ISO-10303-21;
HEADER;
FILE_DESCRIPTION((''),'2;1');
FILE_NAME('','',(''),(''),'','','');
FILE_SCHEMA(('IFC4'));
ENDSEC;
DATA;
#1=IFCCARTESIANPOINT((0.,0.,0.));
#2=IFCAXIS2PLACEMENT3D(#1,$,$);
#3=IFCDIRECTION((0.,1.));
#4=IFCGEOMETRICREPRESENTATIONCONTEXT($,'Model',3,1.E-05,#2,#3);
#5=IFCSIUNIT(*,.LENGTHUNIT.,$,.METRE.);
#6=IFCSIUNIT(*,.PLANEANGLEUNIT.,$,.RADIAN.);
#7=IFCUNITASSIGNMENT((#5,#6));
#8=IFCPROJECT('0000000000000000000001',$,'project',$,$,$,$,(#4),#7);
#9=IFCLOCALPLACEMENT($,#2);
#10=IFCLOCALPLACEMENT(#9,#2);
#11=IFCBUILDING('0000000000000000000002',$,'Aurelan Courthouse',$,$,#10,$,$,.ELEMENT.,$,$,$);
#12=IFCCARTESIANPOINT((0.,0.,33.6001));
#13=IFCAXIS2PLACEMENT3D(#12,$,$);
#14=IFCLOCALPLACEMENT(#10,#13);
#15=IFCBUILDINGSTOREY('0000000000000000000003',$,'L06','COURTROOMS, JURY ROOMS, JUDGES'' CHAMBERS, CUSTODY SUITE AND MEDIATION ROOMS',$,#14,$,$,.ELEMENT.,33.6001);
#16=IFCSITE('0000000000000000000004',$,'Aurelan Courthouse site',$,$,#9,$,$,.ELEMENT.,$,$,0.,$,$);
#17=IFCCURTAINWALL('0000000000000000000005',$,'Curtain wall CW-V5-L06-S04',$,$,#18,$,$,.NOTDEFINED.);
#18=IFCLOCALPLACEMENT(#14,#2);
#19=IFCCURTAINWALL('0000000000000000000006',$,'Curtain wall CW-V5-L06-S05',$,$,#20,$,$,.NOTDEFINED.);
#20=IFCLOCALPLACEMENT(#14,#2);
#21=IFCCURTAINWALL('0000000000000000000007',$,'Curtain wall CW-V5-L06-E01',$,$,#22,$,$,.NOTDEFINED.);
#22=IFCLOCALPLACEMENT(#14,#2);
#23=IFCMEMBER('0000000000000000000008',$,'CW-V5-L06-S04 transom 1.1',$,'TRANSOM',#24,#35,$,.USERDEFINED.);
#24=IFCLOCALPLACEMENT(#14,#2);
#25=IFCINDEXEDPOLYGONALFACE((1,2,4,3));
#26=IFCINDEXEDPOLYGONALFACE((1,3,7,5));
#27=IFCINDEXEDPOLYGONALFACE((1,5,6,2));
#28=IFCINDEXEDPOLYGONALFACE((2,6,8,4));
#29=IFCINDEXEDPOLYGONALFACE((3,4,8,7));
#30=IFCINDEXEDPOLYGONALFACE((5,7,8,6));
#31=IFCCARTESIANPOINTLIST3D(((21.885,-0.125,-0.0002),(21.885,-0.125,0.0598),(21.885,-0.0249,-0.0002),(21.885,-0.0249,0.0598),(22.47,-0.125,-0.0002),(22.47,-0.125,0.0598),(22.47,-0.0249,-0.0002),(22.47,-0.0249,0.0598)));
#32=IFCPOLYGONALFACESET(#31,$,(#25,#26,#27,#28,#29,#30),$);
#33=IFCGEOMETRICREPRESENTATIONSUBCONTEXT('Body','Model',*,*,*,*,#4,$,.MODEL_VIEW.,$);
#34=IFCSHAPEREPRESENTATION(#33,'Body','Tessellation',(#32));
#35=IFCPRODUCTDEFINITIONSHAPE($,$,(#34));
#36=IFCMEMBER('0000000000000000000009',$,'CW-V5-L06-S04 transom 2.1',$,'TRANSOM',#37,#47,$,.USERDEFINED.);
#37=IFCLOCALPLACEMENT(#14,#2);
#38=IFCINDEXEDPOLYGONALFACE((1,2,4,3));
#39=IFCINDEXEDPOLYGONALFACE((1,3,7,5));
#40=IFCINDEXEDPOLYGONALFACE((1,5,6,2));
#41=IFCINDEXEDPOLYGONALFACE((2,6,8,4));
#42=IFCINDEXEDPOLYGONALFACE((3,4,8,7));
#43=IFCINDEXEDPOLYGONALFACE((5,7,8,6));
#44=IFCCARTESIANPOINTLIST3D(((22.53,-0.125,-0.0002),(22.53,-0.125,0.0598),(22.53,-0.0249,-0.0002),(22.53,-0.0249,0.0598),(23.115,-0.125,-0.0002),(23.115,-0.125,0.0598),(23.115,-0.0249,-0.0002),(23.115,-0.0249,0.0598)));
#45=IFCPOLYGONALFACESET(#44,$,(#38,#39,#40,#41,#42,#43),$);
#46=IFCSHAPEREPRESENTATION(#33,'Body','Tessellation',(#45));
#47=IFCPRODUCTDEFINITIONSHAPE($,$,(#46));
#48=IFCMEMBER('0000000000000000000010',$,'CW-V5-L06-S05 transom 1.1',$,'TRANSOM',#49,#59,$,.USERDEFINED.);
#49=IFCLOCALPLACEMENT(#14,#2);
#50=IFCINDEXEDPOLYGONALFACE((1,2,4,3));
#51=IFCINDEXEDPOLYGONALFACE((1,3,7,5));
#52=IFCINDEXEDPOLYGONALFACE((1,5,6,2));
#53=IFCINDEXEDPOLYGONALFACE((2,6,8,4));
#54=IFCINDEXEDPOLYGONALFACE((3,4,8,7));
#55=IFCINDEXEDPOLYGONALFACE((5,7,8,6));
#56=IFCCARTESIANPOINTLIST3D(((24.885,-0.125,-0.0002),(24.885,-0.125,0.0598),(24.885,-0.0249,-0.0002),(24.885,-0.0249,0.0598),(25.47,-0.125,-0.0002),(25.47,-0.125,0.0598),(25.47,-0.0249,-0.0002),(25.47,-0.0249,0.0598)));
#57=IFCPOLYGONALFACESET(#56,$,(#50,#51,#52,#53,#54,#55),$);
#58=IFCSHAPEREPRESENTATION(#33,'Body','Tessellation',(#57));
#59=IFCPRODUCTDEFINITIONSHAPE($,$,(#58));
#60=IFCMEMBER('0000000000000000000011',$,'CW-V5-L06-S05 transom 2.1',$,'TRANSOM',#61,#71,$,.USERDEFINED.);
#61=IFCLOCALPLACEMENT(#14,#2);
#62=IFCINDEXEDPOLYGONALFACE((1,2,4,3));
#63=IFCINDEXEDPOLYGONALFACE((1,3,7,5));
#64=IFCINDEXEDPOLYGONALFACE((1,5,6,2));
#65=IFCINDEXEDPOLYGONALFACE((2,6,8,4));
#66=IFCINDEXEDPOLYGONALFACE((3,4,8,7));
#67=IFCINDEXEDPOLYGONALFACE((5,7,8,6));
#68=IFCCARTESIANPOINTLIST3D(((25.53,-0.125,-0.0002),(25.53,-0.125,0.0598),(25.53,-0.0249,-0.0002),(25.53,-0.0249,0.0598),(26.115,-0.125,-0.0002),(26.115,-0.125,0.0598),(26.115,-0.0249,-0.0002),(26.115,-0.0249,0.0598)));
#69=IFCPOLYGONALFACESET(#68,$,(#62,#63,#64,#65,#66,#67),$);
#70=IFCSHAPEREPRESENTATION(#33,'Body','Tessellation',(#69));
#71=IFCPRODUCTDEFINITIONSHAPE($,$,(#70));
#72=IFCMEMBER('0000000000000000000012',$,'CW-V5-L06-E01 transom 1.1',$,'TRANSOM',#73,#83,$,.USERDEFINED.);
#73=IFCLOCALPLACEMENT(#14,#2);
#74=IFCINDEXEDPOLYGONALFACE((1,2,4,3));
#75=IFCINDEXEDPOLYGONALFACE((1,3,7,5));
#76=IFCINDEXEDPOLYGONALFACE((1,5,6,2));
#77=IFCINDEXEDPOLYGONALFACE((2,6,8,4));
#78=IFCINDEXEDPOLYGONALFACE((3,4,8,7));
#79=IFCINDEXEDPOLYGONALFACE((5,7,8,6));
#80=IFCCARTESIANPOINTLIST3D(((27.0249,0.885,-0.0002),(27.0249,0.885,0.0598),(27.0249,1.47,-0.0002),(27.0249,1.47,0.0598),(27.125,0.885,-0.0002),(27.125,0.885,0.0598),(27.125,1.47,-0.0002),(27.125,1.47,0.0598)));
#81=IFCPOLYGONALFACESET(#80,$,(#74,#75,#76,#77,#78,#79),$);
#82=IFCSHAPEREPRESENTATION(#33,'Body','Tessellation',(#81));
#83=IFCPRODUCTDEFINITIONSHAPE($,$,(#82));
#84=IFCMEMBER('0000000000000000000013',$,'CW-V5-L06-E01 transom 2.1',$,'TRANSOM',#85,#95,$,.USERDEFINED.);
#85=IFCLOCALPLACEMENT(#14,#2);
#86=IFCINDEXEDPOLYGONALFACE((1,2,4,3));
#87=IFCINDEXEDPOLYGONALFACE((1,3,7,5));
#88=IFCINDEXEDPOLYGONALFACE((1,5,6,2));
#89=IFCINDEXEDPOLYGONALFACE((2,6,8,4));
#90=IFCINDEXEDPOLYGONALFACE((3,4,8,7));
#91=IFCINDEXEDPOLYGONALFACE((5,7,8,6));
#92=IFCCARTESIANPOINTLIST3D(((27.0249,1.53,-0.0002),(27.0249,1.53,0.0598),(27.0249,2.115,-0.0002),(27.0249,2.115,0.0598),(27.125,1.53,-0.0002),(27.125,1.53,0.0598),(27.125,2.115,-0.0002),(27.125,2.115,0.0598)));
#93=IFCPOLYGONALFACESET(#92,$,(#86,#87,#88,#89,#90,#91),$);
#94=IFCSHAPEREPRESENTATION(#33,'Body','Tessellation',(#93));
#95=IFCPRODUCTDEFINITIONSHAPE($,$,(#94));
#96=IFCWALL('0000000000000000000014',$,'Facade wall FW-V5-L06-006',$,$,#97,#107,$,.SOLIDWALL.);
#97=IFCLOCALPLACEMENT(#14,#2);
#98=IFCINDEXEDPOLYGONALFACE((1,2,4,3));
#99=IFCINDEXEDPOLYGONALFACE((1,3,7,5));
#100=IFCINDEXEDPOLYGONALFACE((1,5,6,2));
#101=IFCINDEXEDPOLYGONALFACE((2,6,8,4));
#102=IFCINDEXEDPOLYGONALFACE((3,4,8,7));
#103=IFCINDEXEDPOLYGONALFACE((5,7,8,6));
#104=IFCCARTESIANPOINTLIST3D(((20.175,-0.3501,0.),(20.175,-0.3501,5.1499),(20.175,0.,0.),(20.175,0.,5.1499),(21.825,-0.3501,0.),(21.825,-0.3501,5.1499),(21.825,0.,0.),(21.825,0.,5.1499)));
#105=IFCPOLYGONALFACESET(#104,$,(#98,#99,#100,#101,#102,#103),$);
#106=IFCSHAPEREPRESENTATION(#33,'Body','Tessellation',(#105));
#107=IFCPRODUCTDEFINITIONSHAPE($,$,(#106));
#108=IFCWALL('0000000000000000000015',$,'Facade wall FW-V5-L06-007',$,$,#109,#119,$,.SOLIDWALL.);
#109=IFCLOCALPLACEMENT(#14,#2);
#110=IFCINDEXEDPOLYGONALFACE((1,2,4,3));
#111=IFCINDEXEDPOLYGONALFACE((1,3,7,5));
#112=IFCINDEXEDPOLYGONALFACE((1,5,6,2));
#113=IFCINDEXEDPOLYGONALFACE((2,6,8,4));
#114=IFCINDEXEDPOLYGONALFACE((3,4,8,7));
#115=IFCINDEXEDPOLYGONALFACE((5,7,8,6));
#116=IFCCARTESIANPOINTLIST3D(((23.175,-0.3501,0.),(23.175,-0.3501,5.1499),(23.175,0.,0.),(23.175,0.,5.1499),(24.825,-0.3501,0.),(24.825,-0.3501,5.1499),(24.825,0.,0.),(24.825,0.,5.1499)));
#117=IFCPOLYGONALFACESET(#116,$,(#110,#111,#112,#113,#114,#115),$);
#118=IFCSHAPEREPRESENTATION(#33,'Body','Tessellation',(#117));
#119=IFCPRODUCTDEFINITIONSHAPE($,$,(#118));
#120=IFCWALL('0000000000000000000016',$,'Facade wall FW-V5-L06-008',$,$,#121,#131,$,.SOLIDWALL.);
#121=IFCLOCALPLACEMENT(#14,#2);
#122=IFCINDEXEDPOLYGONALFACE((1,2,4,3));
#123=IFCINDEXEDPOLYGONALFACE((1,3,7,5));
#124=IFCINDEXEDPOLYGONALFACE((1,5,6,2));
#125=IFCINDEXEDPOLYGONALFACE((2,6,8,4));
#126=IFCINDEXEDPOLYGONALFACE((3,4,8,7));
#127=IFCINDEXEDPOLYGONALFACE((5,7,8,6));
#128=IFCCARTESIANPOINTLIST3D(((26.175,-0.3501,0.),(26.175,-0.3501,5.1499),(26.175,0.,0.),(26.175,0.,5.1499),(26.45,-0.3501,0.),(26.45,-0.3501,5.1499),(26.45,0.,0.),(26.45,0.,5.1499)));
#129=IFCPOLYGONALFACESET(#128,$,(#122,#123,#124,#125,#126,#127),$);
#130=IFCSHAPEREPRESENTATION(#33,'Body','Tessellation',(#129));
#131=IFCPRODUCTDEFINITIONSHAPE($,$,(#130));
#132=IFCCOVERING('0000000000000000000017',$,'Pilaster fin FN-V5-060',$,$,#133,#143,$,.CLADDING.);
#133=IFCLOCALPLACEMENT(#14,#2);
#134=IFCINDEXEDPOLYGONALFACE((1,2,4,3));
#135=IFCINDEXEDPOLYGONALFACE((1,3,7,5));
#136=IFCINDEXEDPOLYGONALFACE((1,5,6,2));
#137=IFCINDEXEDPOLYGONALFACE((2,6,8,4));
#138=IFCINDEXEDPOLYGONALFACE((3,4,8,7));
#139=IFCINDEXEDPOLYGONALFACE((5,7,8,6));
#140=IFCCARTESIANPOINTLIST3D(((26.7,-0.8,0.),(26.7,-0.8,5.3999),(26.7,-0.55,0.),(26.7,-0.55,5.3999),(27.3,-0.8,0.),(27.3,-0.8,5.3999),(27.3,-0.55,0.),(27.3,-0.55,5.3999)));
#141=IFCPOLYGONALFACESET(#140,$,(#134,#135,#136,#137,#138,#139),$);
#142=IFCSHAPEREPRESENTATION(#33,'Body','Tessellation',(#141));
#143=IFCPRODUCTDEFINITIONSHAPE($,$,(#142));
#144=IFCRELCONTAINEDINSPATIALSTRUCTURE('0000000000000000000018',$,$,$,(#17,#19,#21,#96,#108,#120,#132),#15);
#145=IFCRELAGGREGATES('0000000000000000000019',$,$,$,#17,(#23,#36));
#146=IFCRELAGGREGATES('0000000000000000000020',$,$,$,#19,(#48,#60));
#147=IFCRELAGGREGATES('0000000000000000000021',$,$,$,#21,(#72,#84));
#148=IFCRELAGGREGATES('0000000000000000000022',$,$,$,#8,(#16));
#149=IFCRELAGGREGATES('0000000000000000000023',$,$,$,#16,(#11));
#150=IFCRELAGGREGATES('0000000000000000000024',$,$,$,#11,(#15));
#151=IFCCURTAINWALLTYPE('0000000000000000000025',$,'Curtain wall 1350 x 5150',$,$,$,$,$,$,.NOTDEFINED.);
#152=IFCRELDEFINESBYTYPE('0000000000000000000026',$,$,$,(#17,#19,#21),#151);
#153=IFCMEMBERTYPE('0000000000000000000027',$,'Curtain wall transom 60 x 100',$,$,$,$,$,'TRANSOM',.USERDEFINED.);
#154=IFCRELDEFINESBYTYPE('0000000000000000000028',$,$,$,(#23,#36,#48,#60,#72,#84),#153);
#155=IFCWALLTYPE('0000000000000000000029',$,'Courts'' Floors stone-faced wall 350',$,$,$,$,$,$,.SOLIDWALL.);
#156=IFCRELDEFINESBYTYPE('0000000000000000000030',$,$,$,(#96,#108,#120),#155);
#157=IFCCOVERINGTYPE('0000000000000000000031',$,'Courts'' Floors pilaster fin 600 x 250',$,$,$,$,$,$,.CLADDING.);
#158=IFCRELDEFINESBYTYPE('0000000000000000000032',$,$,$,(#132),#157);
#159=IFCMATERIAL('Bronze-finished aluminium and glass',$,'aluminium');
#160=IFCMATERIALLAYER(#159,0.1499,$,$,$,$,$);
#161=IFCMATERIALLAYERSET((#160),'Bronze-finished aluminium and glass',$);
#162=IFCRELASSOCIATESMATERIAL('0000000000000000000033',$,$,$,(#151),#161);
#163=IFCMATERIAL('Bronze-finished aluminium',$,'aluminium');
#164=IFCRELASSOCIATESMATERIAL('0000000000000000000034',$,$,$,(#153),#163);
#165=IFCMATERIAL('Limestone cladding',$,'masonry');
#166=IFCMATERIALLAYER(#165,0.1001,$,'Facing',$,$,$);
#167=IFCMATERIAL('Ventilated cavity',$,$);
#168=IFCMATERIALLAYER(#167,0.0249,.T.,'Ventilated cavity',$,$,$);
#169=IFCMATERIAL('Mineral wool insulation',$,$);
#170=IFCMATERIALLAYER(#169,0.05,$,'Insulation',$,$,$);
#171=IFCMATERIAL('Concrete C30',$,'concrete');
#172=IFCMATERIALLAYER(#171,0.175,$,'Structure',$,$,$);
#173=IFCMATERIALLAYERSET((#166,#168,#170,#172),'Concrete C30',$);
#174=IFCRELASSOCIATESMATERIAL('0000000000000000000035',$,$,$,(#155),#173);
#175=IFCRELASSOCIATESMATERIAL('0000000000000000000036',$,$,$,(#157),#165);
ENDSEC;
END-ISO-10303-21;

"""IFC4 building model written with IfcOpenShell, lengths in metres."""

from ifc_helpers import new_model, si_unit, direction, frame, frame_2d, origin, origin_2d, place, context, subcontext, project, spatial, rectangle, extrude, material, layer, layer_set, material_profile, profile_set, type_object, element, aggregate, save


model = new_model("IFC4")

# Units and contexts
model_context = context("Model", 3, precision=1e-05, world=origin(), true_north=direction((0.0, 1.0)))
body_context = subcontext(model_context, "Body", "Model", "MODEL_VIEW")
ifc_project = project(units=[si_unit("LENGTHUNIT", "METRE"), si_unit("PLANEANGLEUNIT", "RADIAN")], contexts=[model_context])

# Site, building, storey
site_placement = place(None, origin())
site = spatial("IfcSite", under=ifc_project, at=site_placement, Name="Aurelan Courthouse site", CompositionType="ELEMENT", RefElevation=0.0)
building_placement = place(site_placement, origin())
building = spatial("IfcBuilding", under=site, at=building_placement, Name="Aurelan Courthouse", CompositionType="ELEMENT")
storey_placement = place(building_placement, frame((0.0, 0.0, 33.6001)))
storey = spatial("IfcBuildingStorey", under=building, at=storey_placement, Name="L06", Description="COURTROOMS, JURY ROOMS, JUDGES' CHAMBERS, CUSTODY SUITE AND MEDIATION ROOMS", CompositionType="ELEMENT", Elevation=33.6001)

# Curtain walls
ifc_material_1 = material(Name="Bronze-finished aluminium and glass", Category="aluminium")
ifc_layer_1 = layer(ifc_material_1, 0.1499)
ifc_layer_set_1 = layer_set([ifc_layer_1], Name="Bronze-finished aluminium and glass")
curtain_wall_type = type_object("IfcCurtainWallType", Name="Curtain wall 1350 x 5150", PredefinedType="NOTDEFINED", material=ifc_layer_set_1)
ifc_material_2 = material(Name="Bronze-finished aluminium", Category="aluminium")
curtain_wall_1_placement = place(storey_placement, origin())
curtain_wall_1 = element("IfcCurtainWall", 1, at=curtain_wall_1_placement, inside=storey, type_object=curtain_wall_type, Name="Curtain wall CW-V5-L06-S04", PredefinedType="NOTDEFINED")
curtain_wall_2_placement = place(storey_placement, origin())
curtain_wall_2 = element("IfcCurtainWall", 2, at=curtain_wall_2_placement, inside=storey, type_object=curtain_wall_type, Name="Curtain wall CW-V5-L06-S05", PredefinedType="NOTDEFINED")
curtain_wall_3_placement = place(storey_placement, origin())
curtain_wall_3 = element("IfcCurtainWall", 3, at=curtain_wall_3_placement, inside=storey, type_object=curtain_wall_type, Name="Curtain wall CW-V5-L06-E01", PredefinedType="NOTDEFINED")

# Members
ifc_material_profile_1 = material_profile(ifc_material_2, rectangle(XDim=0.1001, YDim=0.0601, at=origin_2d()), Name="Bronze transom 60 x 100")
ifc_profile_set_1 = profile_set([ifc_material_profile_1], Name="Bronze-finished aluminium")
member_type_1 = type_object("IfcMemberType", Name="Curtain wall transom 60 x 100", ElementType="TRANSOM", PredefinedType="USERDEFINED", material=ifc_profile_set_1)
member_1_placement = place(storey_placement, frame((21.885, -0.075, 0.0298), z_axis=(1.0, 0.0, 0.0), x_axis=(0.0, 1.0, 0.0)))
member_1 = element("IfcMember", 4, at=member_1_placement, type_object=member_type_1, Name="CW-V5-L06-S04 transom 1.1", ObjectType="TRANSOM", PredefinedType="USERDEFINED", context=body_context, shape_type="SweptSolid", body=[
    extrude(rectangle(XDim=0.1001, YDim=0.0601, at=origin_2d()), origin(), (0.0, 0.0, 1.0), 0.585),
])
member_2_placement = place(storey_placement, frame((22.53, -0.075, 0.0298), z_axis=(1.0, 0.0, 0.0), x_axis=(0.0, 1.0, 0.0)))
member_2 = element("IfcMember", 5, at=member_2_placement, type_object=member_type_1, Name="CW-V5-L06-S04 transom 2.1", ObjectType="TRANSOM", PredefinedType="USERDEFINED", context=body_context, shape_type="SweptSolid", body=[
    extrude(rectangle(XDim=0.1001, YDim=0.0601, at=origin_2d()), origin(), (0.0, 0.0, 1.0), 0.585),
])
aggregate(curtain_wall_1, [member_1, member_2])
member_3_placement = place(storey_placement, frame((24.885, -0.075, 0.0298), z_axis=(1.0, 0.0, 0.0), x_axis=(0.0, 1.0, 0.0)))
member_3 = element("IfcMember", 6, at=member_3_placement, type_object=member_type_1, Name="CW-V5-L06-S05 transom 1.1", ObjectType="TRANSOM", PredefinedType="USERDEFINED", context=body_context, shape_type="SweptSolid", body=[
    extrude(rectangle(XDim=0.1001, YDim=0.0601, at=origin_2d()), origin(), (0.0, 0.0, 1.0), 0.585),
])
member_4_placement = place(storey_placement, frame((25.53, -0.075, 0.0298), z_axis=(1.0, 0.0, 0.0), x_axis=(0.0, 1.0, 0.0)))
member_4 = element("IfcMember", 7, at=member_4_placement, type_object=member_type_1, Name="CW-V5-L06-S05 transom 2.1", ObjectType="TRANSOM", PredefinedType="USERDEFINED", context=body_context, shape_type="SweptSolid", body=[
    extrude(rectangle(XDim=0.1001, YDim=0.0601, at=origin_2d()), origin(), (0.0, 0.0, 1.0), 0.585),
])
aggregate(curtain_wall_2, [member_3, member_4])
member_5_placement = place(storey_placement, frame((27.075, 0.885, 0.0298), z_axis=(0.0, 1.0, 0.0), x_axis=(-1.0, 0.0, 0.0)))
member_5 = element("IfcMember", 8, at=member_5_placement, type_object=member_type_1, Name="CW-V5-L06-E01 transom 1.1", ObjectType="TRANSOM", PredefinedType="USERDEFINED", context=body_context, shape_type="SweptSolid", body=[
    extrude(rectangle(XDim=0.1001, YDim=0.0601, at=origin_2d()), origin(), (0.0, 0.0, 1.0), 0.585),
])
member_6_placement = place(storey_placement, frame((27.075, 1.53, 0.0298), z_axis=(0.0, 1.0, 0.0), x_axis=(-1.0, 0.0, 0.0)))
member_6 = element("IfcMember", 9, at=member_6_placement, type_object=member_type_1, Name="CW-V5-L06-E01 transom 2.1", ObjectType="TRANSOM", PredefinedType="USERDEFINED", context=body_context, shape_type="SweptSolid", body=[
    extrude(rectangle(XDim=0.1001, YDim=0.0601, at=origin_2d()), origin(), (0.0, 0.0, 1.0), 0.585),
])
aggregate(curtain_wall_3, [member_5, member_6])

# Walls
ifc_material_3 = material(Name="Limestone cladding", Category="masonry")
ifc_layer_2 = layer(ifc_material_3, 0.1001, Name="Facing")
ifc_material_4 = material(Name="Ventilated cavity")
ifc_layer_3 = layer(ifc_material_4, 0.0249, ventilated=True, Name="Ventilated cavity")
ifc_material_5 = material(Name="Mineral wool insulation")
ifc_layer_4 = layer(ifc_material_5, 0.05, Name="Insulation")
ifc_material_6 = material(Name="Concrete C30", Category="concrete")
ifc_layer_5 = layer(ifc_material_6, 0.175, Name="Structure")
ifc_layer_set_2 = layer_set([ifc_layer_2, ifc_layer_3, ifc_layer_4, ifc_layer_5], Name="Concrete C30")
wall_type = type_object("IfcWallType", Name="Courts' Floors stone-faced wall 350", PredefinedType="SOLIDWALL", material=ifc_layer_set_2)
for number, where, z_axis, x_axis, name in (
    (10, (20.175, -0.175, 0.0), (0.0, 0.0, 1.0), (1.0, 0.0, 0.0), "Facade wall FW-V5-L06-006"),
    (11, (23.175, -0.175, 0.0), (0.0, 0.0, 1.0), (1.0, 0.0, 0.0), "Facade wall FW-V5-L06-007"),
):
    element("IfcWall", number, at=place(storey_placement, frame(where, z_axis=z_axis, x_axis=x_axis)), inside=storey, type_object=wall_type, Name=name, PredefinedType="SOLIDWALL", context=body_context, shape_type="SweptSolid", body=[
        extrude(rectangle(XDim=1.6499, YDim=0.3501, at=frame_2d((0.825, 0.0))), origin(), (0.0, 0.0, 1.0), 5.1499),
    ])
wall_placement = place(storey_placement, frame((26.175, -0.175, 0.0), z_axis=(0.0, 0.0, 1.0), x_axis=(1.0, 0.0, 0.0)))
element("IfcWall", 12, at=wall_placement, inside=storey, type_object=wall_type, Name="Facade wall FW-V5-L06-008", PredefinedType="SOLIDWALL", context=body_context, shape_type="SweptSolid", body=[
    extrude(rectangle(XDim=0.2749, YDim=0.3501, at=frame_2d((0.1375, 0.0))), origin(), (0.0, 0.0, 1.0), 5.1499),
])

# Covering
covering_type = type_object("IfcCoveringType", Name="Courts' Floors pilaster fin 600 x 250", PredefinedType="CLADDING", material=ifc_material_3)
covering_placement = place(storey_placement, frame((27.0, -0.675, 0.0), z_axis=(0.0, 0.0, 1.0), x_axis=(1.0, 0.0, 0.0)))
element("IfcCovering", 13, at=covering_placement, inside=storey, type_object=covering_type, Name="Pilaster fin FN-V5-060", PredefinedType="CLADDING", context=body_context, shape_type="SweptSolid", body=[
    extrude(rectangle(XDim=0.6001, YDim=0.25, at=origin_2d()), origin(), (0.0, 0.0, 1.0), 5.3999),
])

save(model, "model.ifc")
